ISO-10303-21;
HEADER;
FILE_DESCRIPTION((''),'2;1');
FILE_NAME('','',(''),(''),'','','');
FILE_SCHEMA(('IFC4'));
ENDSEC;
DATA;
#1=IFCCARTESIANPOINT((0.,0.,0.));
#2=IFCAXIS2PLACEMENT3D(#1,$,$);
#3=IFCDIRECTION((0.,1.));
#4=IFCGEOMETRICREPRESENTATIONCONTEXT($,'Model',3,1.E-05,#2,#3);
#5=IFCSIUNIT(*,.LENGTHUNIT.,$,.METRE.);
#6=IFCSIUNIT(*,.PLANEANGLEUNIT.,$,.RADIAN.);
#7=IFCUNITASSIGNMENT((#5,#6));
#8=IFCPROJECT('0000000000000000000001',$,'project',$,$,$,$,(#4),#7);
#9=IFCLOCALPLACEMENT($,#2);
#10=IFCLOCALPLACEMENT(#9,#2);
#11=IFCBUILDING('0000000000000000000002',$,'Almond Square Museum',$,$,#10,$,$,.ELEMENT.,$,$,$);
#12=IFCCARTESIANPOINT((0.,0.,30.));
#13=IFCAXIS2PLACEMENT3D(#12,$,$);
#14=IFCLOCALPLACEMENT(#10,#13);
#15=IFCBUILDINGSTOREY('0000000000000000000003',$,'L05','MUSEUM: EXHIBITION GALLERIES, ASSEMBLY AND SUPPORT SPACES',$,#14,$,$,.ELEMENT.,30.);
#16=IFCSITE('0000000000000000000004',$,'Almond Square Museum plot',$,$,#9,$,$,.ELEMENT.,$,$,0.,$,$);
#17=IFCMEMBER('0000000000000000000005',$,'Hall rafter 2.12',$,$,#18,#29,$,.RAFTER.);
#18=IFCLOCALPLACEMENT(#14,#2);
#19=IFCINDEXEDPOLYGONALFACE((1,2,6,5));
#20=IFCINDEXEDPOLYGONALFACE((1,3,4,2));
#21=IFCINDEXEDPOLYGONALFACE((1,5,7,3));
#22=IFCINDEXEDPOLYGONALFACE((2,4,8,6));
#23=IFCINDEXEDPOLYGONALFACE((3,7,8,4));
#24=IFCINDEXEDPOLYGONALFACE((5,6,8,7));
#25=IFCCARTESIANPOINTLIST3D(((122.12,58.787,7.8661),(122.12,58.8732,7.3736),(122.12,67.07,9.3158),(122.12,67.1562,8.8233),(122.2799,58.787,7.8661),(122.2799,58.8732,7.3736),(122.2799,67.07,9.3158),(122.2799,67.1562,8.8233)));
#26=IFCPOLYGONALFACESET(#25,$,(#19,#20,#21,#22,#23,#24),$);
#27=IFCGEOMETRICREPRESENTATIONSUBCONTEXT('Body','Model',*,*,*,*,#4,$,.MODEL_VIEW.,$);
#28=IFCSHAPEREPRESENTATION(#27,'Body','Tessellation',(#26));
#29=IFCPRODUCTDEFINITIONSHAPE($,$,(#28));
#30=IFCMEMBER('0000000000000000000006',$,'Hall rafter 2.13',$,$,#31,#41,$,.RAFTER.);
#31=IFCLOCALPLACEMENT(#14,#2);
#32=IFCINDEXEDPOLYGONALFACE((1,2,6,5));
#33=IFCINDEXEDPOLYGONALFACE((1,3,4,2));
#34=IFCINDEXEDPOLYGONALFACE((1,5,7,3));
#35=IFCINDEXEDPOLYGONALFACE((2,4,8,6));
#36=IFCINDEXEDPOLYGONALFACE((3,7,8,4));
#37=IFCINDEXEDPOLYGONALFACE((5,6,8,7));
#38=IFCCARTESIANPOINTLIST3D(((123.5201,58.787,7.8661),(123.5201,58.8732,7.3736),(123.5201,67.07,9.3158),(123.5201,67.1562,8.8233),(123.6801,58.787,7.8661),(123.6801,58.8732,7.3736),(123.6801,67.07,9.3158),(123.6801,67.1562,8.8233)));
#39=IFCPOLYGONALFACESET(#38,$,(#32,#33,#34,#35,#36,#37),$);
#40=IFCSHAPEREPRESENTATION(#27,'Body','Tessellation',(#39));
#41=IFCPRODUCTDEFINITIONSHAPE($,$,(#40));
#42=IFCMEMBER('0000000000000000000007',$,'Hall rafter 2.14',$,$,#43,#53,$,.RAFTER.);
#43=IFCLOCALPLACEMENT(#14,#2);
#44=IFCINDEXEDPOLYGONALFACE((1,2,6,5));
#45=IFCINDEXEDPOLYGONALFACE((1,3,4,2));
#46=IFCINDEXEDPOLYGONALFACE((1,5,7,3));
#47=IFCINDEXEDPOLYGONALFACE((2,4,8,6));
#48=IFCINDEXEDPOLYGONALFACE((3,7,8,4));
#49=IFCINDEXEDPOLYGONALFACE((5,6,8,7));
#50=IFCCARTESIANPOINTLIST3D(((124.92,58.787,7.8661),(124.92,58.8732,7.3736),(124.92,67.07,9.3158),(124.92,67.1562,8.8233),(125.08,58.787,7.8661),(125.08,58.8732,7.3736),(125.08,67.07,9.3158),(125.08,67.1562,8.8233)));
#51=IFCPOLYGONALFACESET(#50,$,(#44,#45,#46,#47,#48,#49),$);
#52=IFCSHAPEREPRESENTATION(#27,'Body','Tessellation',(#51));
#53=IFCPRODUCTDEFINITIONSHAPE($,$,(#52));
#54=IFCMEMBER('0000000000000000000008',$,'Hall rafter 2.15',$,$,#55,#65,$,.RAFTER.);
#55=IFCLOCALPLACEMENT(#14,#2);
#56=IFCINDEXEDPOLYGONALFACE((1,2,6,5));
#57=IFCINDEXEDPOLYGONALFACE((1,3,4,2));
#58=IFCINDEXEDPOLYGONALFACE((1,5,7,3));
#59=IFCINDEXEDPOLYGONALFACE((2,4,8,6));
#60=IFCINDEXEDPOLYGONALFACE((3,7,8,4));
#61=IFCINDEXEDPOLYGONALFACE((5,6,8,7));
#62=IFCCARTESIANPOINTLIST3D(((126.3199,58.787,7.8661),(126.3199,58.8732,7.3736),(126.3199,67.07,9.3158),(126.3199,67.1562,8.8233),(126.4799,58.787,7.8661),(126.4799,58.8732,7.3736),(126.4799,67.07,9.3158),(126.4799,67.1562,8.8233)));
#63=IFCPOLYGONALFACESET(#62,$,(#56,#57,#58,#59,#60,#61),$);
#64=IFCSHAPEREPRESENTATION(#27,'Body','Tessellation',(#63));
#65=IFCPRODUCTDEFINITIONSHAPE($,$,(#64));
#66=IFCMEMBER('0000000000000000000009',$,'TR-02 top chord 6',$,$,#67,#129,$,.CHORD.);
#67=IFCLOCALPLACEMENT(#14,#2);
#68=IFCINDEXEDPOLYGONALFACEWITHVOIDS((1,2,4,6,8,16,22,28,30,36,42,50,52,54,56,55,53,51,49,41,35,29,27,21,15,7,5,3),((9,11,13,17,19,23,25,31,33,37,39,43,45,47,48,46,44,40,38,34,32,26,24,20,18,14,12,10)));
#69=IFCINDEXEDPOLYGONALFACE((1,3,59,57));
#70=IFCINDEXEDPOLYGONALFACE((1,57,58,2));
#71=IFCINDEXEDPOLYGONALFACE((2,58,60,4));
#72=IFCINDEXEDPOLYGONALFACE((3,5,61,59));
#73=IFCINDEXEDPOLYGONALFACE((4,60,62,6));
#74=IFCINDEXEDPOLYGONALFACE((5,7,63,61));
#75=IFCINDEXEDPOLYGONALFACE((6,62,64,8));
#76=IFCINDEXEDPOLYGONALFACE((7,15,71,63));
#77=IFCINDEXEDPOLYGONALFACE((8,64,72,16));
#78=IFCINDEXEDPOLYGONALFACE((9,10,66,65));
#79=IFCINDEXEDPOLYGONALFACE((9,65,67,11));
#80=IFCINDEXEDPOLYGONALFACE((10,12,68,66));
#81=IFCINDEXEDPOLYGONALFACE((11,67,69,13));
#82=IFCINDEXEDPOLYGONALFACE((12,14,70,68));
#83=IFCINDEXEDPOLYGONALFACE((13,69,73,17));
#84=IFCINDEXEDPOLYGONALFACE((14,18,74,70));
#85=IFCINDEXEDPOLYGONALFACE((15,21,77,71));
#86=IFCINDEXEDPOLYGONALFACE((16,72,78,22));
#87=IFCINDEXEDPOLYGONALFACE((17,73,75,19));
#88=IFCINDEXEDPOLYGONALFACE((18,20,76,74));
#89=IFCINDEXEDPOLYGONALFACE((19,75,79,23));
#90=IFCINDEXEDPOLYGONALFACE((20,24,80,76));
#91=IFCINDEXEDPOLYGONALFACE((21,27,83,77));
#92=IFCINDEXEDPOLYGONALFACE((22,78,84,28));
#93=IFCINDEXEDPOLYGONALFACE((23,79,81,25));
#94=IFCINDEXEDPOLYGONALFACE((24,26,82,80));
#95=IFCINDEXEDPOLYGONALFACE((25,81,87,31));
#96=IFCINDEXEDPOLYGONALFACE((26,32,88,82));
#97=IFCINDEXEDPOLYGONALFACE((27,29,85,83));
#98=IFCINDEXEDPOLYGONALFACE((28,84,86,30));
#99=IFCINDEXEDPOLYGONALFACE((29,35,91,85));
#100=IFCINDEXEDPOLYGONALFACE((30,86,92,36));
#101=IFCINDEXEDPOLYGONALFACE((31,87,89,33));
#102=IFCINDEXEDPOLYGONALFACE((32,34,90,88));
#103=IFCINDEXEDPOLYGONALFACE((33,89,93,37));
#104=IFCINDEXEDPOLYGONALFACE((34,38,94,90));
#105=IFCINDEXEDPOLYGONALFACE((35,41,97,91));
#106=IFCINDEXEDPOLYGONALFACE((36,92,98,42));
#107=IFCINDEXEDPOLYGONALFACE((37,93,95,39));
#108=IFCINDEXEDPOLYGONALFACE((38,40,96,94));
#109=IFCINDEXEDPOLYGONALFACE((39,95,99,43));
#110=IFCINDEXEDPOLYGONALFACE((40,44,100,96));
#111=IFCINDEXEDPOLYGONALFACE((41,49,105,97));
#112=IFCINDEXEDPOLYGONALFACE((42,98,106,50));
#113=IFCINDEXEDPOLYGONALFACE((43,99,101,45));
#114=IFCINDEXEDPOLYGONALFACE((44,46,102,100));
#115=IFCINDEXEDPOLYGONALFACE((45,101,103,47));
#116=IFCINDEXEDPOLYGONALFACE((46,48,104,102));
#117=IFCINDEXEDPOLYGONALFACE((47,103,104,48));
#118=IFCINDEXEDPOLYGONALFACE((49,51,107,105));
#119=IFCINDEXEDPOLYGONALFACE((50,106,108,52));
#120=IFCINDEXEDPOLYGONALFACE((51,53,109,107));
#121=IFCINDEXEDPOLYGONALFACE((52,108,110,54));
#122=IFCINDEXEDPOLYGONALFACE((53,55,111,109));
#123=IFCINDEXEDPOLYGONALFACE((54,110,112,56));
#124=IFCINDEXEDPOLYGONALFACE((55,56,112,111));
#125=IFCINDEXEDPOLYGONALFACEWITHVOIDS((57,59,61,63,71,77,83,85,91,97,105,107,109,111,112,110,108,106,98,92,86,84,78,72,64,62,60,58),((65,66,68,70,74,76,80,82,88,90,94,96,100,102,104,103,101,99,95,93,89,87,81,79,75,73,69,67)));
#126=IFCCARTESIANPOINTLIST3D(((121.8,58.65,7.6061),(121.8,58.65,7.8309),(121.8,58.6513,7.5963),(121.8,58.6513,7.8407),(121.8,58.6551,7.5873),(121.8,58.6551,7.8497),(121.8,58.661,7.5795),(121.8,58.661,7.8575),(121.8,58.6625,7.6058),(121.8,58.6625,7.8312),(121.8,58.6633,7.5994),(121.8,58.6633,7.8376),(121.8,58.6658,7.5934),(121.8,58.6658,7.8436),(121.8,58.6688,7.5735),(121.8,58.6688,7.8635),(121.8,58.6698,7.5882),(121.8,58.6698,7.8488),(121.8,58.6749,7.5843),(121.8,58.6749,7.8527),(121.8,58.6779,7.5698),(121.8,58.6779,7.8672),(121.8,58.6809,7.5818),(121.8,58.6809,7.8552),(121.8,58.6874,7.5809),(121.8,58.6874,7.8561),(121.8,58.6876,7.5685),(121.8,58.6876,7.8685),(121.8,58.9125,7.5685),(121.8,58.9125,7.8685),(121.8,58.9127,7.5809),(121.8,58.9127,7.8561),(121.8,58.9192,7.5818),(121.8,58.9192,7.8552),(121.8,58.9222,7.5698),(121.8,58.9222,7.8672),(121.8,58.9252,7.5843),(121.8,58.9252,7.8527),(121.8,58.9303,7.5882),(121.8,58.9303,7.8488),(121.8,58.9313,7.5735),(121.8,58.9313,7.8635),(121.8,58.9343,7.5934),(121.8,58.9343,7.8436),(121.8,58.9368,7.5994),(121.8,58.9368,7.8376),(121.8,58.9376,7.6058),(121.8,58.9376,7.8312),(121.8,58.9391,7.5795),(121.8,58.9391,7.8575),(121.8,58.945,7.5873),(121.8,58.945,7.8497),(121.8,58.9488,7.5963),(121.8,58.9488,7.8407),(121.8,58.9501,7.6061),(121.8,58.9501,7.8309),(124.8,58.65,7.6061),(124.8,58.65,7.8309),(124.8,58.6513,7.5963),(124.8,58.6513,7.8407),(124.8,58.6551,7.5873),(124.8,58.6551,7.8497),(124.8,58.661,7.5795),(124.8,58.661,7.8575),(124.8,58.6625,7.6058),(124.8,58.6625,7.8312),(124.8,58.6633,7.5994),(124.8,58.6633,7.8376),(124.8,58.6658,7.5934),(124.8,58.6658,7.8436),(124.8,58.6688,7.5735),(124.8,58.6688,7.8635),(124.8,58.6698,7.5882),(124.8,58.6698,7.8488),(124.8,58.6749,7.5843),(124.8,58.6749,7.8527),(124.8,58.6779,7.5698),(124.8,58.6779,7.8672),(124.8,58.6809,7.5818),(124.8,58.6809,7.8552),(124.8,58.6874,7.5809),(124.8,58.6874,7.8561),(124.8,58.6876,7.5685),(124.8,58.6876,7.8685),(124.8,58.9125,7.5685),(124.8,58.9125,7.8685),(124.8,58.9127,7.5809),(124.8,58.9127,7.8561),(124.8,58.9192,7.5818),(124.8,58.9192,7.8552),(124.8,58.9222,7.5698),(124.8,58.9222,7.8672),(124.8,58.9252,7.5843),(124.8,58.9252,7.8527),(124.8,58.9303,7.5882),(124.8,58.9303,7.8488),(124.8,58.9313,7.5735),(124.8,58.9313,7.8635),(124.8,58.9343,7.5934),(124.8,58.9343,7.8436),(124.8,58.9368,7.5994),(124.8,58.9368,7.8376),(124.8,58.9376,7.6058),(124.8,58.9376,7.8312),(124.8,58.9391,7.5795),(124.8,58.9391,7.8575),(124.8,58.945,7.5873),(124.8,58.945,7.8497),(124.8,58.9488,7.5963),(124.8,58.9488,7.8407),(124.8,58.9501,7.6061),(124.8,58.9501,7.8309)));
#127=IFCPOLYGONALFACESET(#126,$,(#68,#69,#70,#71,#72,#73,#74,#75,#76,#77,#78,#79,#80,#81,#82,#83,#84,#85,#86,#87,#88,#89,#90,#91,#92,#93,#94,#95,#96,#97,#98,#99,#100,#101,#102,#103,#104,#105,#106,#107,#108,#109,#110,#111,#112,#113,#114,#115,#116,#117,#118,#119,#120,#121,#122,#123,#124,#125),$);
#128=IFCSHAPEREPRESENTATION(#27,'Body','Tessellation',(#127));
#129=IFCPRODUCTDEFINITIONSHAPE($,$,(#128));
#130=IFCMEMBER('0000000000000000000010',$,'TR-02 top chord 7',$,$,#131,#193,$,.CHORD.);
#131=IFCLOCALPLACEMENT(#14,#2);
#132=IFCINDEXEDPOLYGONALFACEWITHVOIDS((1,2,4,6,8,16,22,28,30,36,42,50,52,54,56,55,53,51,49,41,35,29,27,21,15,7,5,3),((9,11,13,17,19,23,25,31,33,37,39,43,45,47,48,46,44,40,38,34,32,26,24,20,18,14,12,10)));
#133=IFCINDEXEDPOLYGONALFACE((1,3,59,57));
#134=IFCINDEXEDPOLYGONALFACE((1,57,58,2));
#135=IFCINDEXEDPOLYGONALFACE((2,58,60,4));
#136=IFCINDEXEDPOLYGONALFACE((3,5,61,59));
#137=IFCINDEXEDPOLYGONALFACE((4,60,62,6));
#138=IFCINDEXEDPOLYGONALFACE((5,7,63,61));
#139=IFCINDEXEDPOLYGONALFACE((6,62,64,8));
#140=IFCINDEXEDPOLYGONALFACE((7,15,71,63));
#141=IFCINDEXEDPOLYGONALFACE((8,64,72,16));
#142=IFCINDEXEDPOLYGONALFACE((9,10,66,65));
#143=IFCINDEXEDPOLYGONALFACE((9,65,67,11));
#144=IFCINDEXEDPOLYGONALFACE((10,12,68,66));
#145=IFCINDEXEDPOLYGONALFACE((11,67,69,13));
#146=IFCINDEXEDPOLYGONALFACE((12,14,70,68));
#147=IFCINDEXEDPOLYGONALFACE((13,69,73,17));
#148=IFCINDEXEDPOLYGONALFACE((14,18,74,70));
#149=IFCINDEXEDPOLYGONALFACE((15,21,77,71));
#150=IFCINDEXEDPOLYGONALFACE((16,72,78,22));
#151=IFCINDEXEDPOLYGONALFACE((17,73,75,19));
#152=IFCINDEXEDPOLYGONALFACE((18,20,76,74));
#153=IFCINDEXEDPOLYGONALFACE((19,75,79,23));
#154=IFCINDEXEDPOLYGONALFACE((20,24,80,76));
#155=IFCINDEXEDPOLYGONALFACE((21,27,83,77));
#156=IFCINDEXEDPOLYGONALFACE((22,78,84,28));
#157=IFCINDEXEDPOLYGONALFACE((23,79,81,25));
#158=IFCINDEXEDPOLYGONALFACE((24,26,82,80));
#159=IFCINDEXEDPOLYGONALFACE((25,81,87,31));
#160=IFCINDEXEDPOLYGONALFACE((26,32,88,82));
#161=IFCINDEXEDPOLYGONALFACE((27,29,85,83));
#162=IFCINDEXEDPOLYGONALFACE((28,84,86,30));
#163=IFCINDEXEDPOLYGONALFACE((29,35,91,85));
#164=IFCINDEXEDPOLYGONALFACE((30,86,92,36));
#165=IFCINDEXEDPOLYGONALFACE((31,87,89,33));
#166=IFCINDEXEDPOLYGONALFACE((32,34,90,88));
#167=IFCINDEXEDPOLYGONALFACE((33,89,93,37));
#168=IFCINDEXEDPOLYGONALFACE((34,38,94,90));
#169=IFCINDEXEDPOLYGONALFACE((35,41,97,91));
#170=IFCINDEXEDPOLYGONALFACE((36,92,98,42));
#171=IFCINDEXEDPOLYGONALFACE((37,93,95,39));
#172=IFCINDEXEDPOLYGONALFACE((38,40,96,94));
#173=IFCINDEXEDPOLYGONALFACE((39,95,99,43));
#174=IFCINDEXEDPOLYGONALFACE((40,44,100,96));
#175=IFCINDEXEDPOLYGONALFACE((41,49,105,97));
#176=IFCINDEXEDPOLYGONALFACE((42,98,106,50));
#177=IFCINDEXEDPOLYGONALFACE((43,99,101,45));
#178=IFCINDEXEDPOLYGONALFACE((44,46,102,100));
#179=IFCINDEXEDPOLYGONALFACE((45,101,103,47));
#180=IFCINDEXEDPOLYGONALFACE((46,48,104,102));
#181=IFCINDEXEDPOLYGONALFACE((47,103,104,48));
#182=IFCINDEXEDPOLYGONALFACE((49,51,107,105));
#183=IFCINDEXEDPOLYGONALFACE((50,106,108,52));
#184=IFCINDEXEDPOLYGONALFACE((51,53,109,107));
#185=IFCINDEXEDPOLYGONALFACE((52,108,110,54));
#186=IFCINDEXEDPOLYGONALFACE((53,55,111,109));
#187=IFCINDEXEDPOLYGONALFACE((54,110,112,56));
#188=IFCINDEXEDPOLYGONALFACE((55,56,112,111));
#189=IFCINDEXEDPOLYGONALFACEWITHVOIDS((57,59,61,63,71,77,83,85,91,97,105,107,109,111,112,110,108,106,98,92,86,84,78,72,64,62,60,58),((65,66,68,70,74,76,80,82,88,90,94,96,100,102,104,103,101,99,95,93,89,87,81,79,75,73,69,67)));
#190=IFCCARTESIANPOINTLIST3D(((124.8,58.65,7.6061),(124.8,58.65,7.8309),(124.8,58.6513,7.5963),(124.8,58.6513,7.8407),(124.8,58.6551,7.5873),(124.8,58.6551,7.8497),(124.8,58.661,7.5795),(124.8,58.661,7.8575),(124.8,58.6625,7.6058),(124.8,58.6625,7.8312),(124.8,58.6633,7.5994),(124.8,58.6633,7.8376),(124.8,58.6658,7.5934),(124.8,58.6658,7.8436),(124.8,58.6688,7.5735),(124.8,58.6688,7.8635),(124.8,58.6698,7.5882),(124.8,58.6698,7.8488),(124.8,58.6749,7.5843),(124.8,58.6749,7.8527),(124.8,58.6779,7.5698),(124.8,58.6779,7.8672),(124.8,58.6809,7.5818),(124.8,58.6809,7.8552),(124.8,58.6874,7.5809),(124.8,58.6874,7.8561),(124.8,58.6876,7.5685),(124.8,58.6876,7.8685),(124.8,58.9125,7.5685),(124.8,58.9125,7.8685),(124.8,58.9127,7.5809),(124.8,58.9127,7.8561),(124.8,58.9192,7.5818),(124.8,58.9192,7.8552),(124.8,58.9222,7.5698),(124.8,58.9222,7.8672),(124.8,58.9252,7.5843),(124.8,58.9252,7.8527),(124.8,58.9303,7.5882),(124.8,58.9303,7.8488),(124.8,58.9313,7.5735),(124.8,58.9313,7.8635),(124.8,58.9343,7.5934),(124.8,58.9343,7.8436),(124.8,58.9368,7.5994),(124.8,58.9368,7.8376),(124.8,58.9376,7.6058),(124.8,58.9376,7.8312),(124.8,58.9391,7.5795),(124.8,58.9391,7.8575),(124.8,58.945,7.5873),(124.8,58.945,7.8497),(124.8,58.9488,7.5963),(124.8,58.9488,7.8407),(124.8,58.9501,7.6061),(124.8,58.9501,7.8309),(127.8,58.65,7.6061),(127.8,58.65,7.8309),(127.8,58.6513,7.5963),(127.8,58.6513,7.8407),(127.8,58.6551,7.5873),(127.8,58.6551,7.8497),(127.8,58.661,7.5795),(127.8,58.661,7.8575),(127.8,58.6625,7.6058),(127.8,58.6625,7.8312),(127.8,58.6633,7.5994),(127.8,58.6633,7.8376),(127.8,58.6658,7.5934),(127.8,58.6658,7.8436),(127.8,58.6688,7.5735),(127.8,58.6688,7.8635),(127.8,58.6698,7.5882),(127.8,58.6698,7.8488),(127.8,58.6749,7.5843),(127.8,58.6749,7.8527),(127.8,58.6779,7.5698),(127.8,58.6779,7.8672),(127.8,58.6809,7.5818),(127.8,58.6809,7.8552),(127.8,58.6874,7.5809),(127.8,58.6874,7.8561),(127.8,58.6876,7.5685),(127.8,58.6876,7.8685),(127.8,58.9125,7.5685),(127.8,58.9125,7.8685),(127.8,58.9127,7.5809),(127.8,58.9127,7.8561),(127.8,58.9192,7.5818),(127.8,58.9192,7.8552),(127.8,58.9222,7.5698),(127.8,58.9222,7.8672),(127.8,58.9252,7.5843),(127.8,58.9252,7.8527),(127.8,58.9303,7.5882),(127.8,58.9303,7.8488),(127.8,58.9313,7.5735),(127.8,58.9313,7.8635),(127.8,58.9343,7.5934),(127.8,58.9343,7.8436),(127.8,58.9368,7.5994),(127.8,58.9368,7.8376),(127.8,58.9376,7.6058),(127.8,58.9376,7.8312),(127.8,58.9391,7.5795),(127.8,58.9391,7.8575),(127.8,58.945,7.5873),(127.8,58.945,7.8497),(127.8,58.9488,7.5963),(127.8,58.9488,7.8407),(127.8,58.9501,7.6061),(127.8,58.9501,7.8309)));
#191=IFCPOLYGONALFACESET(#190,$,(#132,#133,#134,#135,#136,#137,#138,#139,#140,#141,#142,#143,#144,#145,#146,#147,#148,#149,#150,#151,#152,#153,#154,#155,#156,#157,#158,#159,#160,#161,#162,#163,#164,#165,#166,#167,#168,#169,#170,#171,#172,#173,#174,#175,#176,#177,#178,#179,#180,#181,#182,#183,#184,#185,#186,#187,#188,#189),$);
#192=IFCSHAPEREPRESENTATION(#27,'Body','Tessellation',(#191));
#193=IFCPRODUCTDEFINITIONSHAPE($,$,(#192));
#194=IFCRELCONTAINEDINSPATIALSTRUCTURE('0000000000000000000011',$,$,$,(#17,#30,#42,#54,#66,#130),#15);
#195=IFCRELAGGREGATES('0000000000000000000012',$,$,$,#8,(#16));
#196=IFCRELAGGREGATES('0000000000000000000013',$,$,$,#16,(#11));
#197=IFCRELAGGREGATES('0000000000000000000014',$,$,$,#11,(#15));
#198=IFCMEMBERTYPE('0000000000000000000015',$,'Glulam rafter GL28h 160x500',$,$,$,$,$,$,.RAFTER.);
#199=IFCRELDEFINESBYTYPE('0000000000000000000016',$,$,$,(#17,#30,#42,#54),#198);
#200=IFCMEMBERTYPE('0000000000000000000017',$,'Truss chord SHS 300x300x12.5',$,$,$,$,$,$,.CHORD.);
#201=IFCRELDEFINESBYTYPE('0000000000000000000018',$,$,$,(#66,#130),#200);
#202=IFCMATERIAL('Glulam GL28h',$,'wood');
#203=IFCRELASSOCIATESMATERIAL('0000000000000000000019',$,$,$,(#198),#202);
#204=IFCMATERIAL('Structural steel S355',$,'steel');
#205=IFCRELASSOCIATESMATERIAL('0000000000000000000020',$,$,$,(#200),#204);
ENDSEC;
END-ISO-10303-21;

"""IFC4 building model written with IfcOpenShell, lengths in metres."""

from ifc_helpers import new_model, si_unit, direction, frame, origin, origin_2d, place, context, subcontext, project, spatial, rectangle, hollow_rectangle, extrude, material, material_profile, profile_set, type_object, element, save


model = new_model("IFC4")

# Units and contexts
model_context = context("Model", 3, precision=1e-05, world=origin(), true_north=direction((0.0, 1.0)))
body_context = subcontext(model_context, "Body", "Model", "MODEL_VIEW")
ifc_project = project(units=[si_unit("LENGTHUNIT", "METRE"), si_unit("PLANEANGLEUNIT", "RADIAN")], contexts=[model_context])

# Site, building, storey
site_placement = place(None, origin())
site = spatial("IfcSite", under=ifc_project, at=site_placement, Name="Almond Square Museum plot", CompositionType="ELEMENT", RefElevation=0.0)
building_placement = place(site_placement, origin())
building = spatial("IfcBuilding", under=site, at=building_placement, Name="Almond Square Museum", CompositionType="ELEMENT")
storey_placement = place(building_placement, frame((0.0, 0.0, 30.0)))
storey = spatial("IfcBuildingStorey", under=building, at=storey_placement, Name="L05", Description="MUSEUM: EXHIBITION GALLERIES, ASSEMBLY AND SUPPORT SPACES", CompositionType="ELEMENT", Elevation=30.0)

# Members
ifc_material_1 = material(Name="Glulam GL28h", Category="wood")
ifc_material_profile_1 = material_profile(ifc_material_1, rectangle(XDim=0.1599, YDim=0.5, at=origin_2d()))
ifc_profile_set_1 = profile_set([ifc_material_profile_1], Name="Glulam GL28h")
member_type_1 = type_object("IfcMemberType", Name="Glulam rafter GL28h 160x500", PredefinedType="RAFTER", material=ifc_profile_set_1)
for number, where, z_axis, x_axis, name in (
    (1, (122.2, 58.8301, 7.6199), (0.0, 0.985027, 0.172402), (-1.0, 0.0, 0.0), "Hall rafter 2.12"),
    (2, (123.6001, 58.8301, 7.6199), (0.0, 0.985027, 0.172402), (-1.0, 0.0, 0.0), "Hall rafter 2.13"),
    (3, (125.0, 58.8301, 7.6199), (0.0, 0.985027, 0.172402), (-1.0, 0.0, 0.0), "Hall rafter 2.14"),
    (4, (126.3999, 58.8301, 7.6199), (0.0, 0.985027, 0.172402), (-1.0, 0.0, 0.0), "Hall rafter 2.15"),
):
    element("IfcMember", number, at=place(storey_placement, frame(where, z_axis=z_axis, x_axis=x_axis)), inside=storey, type_object=member_type_1, Name=name, PredefinedType="RAFTER", context=body_context, shape_type="SweptSolid", body=[
        extrude(rectangle(XDim=0.1599, YDim=0.5, at=origin_2d()), origin(), (0.0, 0.0, 1.0), 8.4089),
    ])
ifc_material_2 = material(Name="Structural steel S355", Category="steel")
ifc_material_profile_2 = material_profile(ifc_material_2, hollow_rectangle(XDim=0.3, YDim=0.3, WallThickness=0.0125, InnerFilletRadius=0.0249, OuterFilletRadius=0.0376, at=origin_2d()))
ifc_profile_set_2 = profile_set([ifc_material_profile_2], Name="Structural steel S355")
member_type_2 = type_object("IfcMemberType", Name="Truss chord SHS 300x300x12.5", PredefinedType="CHORD", material=ifc_profile_set_2)
for number, where, z_axis, x_axis, name in (
    (5, (121.8, 58.8, 7.7185), (1.0, 0.0, 0.0), (0.0, 1.0, 0.0), "TR-02 top chord 6"),
    (6, (124.8, 58.8, 7.7185), (1.0, 0.0, 0.0), (0.0, 1.0, 0.0), "TR-02 top chord 7"),
):
    element("IfcMember", number, at=place(storey_placement, frame(where, z_axis=z_axis, x_axis=x_axis)), inside=storey, type_object=member_type_2, Name=name, PredefinedType="CHORD", context=body_context, shape_type="SweptSolid", body=[
        extrude(hollow_rectangle(XDim=0.3, YDim=0.3, WallThickness=0.0125, InnerFilletRadius=0.0249, OuterFilletRadius=0.0376, at=origin_2d()), origin(), (0.0, 0.0, 1.0), 3.0),
    ])

save(model, "model.ifc")
